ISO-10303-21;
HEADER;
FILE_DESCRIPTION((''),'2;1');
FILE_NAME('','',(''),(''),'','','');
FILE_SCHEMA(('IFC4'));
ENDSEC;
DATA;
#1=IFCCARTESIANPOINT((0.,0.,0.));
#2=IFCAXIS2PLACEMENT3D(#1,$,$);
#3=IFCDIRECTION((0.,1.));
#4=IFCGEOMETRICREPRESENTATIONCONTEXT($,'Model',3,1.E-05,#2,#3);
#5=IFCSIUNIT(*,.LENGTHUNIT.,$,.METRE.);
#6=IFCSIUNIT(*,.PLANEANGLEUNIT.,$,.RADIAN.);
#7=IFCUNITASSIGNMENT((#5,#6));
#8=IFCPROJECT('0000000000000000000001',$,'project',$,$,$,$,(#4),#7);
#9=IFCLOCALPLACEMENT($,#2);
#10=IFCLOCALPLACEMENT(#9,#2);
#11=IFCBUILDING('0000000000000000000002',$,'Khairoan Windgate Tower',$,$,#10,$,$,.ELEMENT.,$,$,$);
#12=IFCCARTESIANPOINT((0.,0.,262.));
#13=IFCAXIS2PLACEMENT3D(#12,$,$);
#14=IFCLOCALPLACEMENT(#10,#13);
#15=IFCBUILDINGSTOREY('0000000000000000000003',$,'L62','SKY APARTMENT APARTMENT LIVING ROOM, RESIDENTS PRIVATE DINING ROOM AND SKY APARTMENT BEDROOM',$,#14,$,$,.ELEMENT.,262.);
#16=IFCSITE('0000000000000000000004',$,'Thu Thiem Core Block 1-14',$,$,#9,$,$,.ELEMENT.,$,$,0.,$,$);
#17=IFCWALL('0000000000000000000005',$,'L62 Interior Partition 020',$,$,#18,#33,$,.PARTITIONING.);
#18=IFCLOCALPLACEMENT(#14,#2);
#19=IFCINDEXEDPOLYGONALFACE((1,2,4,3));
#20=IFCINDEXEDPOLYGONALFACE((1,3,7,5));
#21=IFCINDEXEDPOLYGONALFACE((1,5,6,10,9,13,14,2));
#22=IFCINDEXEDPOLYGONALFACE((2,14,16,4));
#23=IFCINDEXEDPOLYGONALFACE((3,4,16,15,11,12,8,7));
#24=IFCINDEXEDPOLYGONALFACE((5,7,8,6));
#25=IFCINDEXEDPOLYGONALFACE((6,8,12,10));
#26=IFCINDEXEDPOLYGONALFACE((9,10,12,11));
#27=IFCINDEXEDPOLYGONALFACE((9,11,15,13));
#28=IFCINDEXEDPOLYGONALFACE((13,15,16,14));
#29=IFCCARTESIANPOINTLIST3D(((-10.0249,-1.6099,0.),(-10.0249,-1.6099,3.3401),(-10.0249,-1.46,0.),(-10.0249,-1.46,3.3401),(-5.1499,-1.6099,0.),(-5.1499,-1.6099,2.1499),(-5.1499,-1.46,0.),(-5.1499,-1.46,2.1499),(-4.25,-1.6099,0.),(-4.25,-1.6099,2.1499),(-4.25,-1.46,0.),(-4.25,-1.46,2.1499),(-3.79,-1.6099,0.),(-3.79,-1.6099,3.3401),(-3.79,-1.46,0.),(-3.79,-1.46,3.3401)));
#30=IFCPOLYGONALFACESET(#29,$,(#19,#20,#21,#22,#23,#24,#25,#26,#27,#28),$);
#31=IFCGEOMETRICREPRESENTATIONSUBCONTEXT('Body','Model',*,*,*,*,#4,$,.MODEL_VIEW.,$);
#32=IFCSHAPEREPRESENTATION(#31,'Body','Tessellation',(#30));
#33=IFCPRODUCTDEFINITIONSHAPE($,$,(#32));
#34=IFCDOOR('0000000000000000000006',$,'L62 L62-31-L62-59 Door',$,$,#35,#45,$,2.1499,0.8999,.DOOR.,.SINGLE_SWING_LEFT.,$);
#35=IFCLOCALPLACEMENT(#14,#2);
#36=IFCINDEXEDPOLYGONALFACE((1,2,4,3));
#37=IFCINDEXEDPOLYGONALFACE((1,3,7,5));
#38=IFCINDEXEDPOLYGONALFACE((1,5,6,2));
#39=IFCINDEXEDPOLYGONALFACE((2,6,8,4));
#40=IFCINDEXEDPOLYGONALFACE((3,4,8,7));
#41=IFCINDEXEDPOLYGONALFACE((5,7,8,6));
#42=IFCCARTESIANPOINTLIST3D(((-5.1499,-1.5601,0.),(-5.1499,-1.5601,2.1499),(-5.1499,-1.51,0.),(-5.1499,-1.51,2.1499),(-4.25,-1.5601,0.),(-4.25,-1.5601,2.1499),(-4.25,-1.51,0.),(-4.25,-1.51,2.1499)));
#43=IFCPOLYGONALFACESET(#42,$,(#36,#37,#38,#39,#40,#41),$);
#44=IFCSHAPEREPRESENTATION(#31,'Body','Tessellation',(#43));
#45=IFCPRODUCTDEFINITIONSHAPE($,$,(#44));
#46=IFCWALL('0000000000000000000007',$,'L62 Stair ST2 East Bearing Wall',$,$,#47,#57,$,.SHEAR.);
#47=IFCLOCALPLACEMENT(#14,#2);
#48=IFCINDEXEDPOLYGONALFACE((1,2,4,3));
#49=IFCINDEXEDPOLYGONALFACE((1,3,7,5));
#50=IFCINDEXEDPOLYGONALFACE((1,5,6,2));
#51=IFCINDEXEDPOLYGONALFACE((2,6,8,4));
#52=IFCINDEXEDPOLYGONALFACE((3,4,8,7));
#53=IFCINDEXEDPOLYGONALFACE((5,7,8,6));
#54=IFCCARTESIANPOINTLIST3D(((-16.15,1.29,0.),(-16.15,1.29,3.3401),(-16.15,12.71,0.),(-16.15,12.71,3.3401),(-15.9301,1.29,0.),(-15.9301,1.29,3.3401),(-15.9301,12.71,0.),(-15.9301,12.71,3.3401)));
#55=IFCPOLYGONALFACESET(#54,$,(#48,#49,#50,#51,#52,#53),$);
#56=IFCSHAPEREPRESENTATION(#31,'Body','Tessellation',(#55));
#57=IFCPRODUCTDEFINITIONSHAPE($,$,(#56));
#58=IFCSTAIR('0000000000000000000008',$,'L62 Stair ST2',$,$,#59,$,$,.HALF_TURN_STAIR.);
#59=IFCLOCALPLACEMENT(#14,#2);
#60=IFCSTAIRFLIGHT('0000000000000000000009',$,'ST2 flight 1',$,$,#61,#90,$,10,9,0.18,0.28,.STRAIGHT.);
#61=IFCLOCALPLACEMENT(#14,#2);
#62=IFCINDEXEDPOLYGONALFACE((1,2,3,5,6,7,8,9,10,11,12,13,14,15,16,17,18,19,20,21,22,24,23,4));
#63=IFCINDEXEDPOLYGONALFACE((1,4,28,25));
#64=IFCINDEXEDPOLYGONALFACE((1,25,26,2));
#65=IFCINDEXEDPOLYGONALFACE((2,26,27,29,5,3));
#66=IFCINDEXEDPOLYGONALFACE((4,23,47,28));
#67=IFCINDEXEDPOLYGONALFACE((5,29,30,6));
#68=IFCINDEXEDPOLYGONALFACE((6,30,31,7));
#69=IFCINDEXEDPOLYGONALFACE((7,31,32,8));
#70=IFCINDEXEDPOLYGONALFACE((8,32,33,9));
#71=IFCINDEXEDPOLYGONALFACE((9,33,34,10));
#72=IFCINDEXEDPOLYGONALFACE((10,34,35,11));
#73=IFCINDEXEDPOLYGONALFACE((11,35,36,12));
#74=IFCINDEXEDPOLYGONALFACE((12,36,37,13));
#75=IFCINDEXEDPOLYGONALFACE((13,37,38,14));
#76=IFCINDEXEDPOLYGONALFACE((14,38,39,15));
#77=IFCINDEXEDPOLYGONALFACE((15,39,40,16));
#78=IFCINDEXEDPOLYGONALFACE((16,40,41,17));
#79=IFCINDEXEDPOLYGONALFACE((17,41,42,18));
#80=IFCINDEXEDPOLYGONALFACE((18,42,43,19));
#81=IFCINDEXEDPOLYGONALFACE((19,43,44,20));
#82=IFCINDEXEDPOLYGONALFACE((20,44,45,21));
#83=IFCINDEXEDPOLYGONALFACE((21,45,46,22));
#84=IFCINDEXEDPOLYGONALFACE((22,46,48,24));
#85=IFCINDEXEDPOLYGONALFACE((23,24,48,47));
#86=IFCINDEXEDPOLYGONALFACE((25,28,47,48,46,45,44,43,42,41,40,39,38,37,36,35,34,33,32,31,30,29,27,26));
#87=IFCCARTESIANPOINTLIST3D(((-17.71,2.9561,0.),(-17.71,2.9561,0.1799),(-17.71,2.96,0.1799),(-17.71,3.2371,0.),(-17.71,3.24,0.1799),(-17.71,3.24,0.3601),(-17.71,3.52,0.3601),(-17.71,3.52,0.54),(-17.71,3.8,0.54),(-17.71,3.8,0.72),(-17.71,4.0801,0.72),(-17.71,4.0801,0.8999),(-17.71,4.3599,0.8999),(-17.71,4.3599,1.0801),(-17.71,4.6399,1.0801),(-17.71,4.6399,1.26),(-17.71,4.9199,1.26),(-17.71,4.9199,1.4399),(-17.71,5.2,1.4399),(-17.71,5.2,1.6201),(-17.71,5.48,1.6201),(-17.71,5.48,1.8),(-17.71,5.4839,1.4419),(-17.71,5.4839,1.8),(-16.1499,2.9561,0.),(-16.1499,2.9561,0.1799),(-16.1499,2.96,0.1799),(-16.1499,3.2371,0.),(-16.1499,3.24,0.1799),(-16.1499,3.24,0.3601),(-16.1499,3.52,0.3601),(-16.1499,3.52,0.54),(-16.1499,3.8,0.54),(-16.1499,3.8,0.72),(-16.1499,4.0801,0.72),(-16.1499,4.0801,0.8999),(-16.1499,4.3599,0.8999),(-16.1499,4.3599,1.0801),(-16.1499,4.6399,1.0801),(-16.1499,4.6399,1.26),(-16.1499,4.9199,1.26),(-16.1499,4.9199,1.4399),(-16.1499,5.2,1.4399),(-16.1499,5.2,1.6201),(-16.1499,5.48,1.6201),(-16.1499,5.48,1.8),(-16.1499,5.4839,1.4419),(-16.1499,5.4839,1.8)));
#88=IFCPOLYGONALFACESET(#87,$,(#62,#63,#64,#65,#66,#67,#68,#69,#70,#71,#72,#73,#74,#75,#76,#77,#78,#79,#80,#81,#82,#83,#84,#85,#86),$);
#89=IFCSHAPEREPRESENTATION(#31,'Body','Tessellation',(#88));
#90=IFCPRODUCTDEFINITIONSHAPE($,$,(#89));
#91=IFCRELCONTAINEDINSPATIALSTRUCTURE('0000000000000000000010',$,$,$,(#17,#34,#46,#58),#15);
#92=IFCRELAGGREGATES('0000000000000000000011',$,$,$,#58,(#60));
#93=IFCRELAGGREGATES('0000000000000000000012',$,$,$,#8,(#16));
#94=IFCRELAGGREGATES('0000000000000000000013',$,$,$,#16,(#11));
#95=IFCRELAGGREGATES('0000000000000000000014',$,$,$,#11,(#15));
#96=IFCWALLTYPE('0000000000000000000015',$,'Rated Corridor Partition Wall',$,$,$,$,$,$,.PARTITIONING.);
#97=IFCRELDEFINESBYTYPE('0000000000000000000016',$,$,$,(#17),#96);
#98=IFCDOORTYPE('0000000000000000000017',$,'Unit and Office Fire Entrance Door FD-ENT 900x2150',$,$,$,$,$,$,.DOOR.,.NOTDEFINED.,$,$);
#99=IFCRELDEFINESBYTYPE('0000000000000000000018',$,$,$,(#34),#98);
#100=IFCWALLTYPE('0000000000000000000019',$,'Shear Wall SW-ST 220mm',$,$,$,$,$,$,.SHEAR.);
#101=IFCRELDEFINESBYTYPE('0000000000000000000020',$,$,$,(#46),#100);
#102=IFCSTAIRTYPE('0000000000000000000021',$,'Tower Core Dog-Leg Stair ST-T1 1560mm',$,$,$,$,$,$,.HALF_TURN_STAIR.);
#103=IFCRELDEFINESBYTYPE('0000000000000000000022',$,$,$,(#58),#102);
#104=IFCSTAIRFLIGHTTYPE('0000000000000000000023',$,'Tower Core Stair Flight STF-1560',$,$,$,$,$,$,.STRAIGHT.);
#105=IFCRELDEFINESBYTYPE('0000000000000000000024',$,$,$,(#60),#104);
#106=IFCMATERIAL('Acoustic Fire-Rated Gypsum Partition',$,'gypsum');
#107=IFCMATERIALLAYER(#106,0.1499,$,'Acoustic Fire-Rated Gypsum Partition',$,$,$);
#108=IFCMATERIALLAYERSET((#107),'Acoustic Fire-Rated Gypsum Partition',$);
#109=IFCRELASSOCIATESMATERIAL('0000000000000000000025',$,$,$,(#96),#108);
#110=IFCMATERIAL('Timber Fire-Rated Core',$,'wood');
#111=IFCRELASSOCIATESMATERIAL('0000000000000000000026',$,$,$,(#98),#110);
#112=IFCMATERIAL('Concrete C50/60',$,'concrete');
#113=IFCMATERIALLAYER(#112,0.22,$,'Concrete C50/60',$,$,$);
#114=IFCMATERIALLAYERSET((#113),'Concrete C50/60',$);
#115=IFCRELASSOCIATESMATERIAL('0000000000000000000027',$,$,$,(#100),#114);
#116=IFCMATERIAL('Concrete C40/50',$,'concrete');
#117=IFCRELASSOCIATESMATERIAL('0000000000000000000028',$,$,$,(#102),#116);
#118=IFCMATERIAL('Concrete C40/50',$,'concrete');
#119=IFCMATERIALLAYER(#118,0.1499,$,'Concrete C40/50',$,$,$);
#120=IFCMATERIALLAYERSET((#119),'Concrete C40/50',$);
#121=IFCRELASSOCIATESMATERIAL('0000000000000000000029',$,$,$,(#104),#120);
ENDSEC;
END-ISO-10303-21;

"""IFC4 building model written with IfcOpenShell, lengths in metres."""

from ifc_helpers import new_model, si_unit, direction, frame, frame_2d, origin, place, context, subcontext, project, spatial, polyline, rectangle, outline, extrude, material, layer, layer_set, type_object, element, fill, aggregate, save


model = new_model("IFC4")

# Units and contexts
model_context = context("Model", 3, precision=1e-05, world=origin(), true_north=direction((0.0, 1.0)))
body_context = subcontext(model_context, "Body", "Model", "MODEL_VIEW")
ifc_project = project(units=[si_unit("LENGTHUNIT", "METRE"), si_unit("PLANEANGLEUNIT", "RADIAN")], contexts=[model_context])

# Site, building, storey
site_placement = place(None, origin())
site = spatial("IfcSite", under=ifc_project, at=site_placement, Name="Thu Thiem Core Block 1-14", CompositionType="ELEMENT", RefElevation=0.0)
building_placement = place(site_placement, origin())
building = spatial("IfcBuilding", under=site, at=building_placement, Name="Khairoan Windgate Tower", CompositionType="ELEMENT")
storey_placement = place(building_placement, frame((0.0, 0.0, 262.0)))
storey = spatial("IfcBuildingStorey", under=building, at=storey_placement, Name="L62", Description="SKY APARTMENT APARTMENT LIVING ROOM, RESIDENTS PRIVATE DINING ROOM AND SKY APARTMENT BEDROOM", CompositionType="ELEMENT", Elevation=262.0)

# Wall, opening, door
ifc_material_1 = material(Name="Acoustic Fire-Rated Gypsum Partition", Category="gypsum")
ifc_layer_1 = layer(ifc_material_1, 0.1499, Name="Acoustic Fire-Rated Gypsum Partition")
ifc_layer_set_1 = layer_set([ifc_layer_1], Name="Acoustic Fire-Rated Gypsum Partition")
wall_type_1 = type_object("IfcWallType", Name="Rated Corridor Partition Wall", PredefinedType="PARTITIONING", material=ifc_layer_set_1)
wall_1_placement = place(storey_placement, frame((-10.0249, -1.5349, 0.0), z_axis=(0.0, 0.0, 1.0), x_axis=(1.0, 0.0, 0.0)))
wall_1 = element("IfcWall", 1, at=wall_1_placement, inside=storey, type_object=wall_type_1, Name="L62 Interior Partition 020", PredefinedType="PARTITIONING", context=body_context, shape_type="SweptSolid", body=[
    extrude(rectangle(XDim=6.2349, YDim=0.1499, at=frame_2d((3.1174, 0.0))), origin(), (0.0, 0.0, 1.0), 3.3401),
])
opening_placement = place(wall_1_placement, frame((4.875, 0.0, 0.0)))
opening = element("IfcOpeningElement", 2, at=opening_placement, cuts=wall_1, PredefinedType="OPENING", context=body_context, shape_type="SweptSolid", body=[
    extrude(rectangle(XDim=0.8999, YDim=2.1499, at=frame_2d((0.45, 1.075))), frame((0.0, 0.085, 0.0), z_axis=(0.0, -1.0, 0.0), x_axis=(1.0, 0.0, 0.0)), (0.0, 0.0, 1.0), 0.1699),
])
ifc_material_2 = material(Name="Timber Fire-Rated Core", Category="wood")
door_type = type_object("IfcDoorType", Name="Unit and Office Fire Entrance Door FD-ENT 900x2150", OperationType="NOTDEFINED", PredefinedType="DOOR", material=ifc_material_2)
door_placement = place(opening_placement, origin())
door = element("IfcDoor", 3, at=door_placement, inside=storey, type_object=door_type, Name="L62 L62-31-L62-59 Door", OperationType="SINGLE_SWING_LEFT", OverallHeight=2.1499, OverallWidth=0.8999, PredefinedType="DOOR", context=body_context, shape_type="SweptSolid", body=[
    extrude(rectangle(XDim=0.8999, YDim=2.1499, at=frame_2d((0.45, 1.075))), frame((0.0, 0.0249, 0.0), z_axis=(0.0, -1.0, 0.0), x_axis=(1.0, 0.0, 0.0)), (0.0, 0.0, 1.0), 0.05),
])
fill(opening, door)

# Wall
ifc_material_3 = material(Name="Concrete C50/60", Category="concrete")
ifc_layer_2 = layer(ifc_material_3, 0.22, Name="Concrete C50/60")
ifc_layer_set_2 = layer_set([ifc_layer_2], Name="Concrete C50/60")
wall_type_2 = type_object("IfcWallType", Name="Shear Wall SW-ST 220mm", PredefinedType="SHEAR", material=ifc_layer_set_2)
wall_2_placement = place(storey_placement, frame((-16.04, 1.29, 0.0), z_axis=(0.0, 0.0, 1.0), x_axis=(0.0, 1.0, 0.0)))
element("IfcWall", 4, at=wall_2_placement, inside=storey, type_object=wall_type_2, Name="L62 Stair ST2 East Bearing Wall", PredefinedType="SHEAR", context=body_context, shape_type="SweptSolid", body=[
    extrude(rectangle(XDim=11.4199, YDim=0.22, at=frame_2d((5.71, 0.0))), origin(), (0.0, 0.0, 1.0), 3.3401),
])

# Stair, stair flight
ifc_material_4 = material(Name="Concrete C40/50", Category="concrete")
stair_type = type_object("IfcStairType", Name="Tower Core Dog-Leg Stair ST-T1 1560mm", PredefinedType="HALF_TURN_STAIR", material=ifc_material_4)
stair_placement = place(storey_placement, origin())
stair = element("IfcStair", 5, at=stair_placement, inside=storey, type_object=stair_type, Name="L62 Stair ST2", PredefinedType="HALF_TURN_STAIR")
ifc_material_5 = material(Name="Concrete C40/50", Category="concrete")
ifc_layer_3 = layer(ifc_material_5, 0.1499, Name="Concrete C40/50")
ifc_layer_set_3 = layer_set([ifc_layer_3], Name="Concrete C40/50")
stair_flight_type = type_object("IfcStairFlightType", Name="Tower Core Stair Flight STF-1560", PredefinedType="STRAIGHT", material=ifc_layer_set_3)
stair_flight_placement = place(storey_placement, frame((-16.9299, 2.96, 0.0), z_axis=(0.0, 0.0, 1.0), x_axis=(0.0, 1.0, 0.0)))
stair_flight = element("IfcStairFlight", 6, at=stair_flight_placement, type_object=stair_flight_type, Name="ST2 flight 1", NumberOfRisers=10, NumberOfTreads=9, PredefinedType="STRAIGHT", RiserHeight=0.18, TreadLength=0.28, context=body_context, shape_type="SweptSolid", body=[
    extrude(outline(polyline([(-0.0039, 0.0), (-0.0039, 0.1799), (0.0, 0.1799), (0.28, 0.1799), (0.28, 0.3601), (0.5601, 0.3601), (0.5601, 0.54), (0.8401, 0.54), (0.8401, 0.72), (1.1201, 0.72), (1.1201, 0.8999), (1.3999, 0.8999), (1.3999, 1.0801), (1.6799, 1.0801), (1.6799, 1.26), (1.96, 1.26), (1.96, 1.4399), (2.24, 1.4399), (2.24, 1.6201), (2.52, 1.6201), (2.52, 1.8), (2.5239, 1.8), (2.5239, 1.4419), (0.2771, 0.0), (-0.0039, 0.0)])), frame((0.0, 0.78, 0.0), z_axis=(0.0, -1.0, 0.0), x_axis=(1.0, 0.0, 0.0)), (0.0, 0.0, 1.0), 1.5601),
])
aggregate(stair, [stair_flight])

save(model, "model.ifc")
